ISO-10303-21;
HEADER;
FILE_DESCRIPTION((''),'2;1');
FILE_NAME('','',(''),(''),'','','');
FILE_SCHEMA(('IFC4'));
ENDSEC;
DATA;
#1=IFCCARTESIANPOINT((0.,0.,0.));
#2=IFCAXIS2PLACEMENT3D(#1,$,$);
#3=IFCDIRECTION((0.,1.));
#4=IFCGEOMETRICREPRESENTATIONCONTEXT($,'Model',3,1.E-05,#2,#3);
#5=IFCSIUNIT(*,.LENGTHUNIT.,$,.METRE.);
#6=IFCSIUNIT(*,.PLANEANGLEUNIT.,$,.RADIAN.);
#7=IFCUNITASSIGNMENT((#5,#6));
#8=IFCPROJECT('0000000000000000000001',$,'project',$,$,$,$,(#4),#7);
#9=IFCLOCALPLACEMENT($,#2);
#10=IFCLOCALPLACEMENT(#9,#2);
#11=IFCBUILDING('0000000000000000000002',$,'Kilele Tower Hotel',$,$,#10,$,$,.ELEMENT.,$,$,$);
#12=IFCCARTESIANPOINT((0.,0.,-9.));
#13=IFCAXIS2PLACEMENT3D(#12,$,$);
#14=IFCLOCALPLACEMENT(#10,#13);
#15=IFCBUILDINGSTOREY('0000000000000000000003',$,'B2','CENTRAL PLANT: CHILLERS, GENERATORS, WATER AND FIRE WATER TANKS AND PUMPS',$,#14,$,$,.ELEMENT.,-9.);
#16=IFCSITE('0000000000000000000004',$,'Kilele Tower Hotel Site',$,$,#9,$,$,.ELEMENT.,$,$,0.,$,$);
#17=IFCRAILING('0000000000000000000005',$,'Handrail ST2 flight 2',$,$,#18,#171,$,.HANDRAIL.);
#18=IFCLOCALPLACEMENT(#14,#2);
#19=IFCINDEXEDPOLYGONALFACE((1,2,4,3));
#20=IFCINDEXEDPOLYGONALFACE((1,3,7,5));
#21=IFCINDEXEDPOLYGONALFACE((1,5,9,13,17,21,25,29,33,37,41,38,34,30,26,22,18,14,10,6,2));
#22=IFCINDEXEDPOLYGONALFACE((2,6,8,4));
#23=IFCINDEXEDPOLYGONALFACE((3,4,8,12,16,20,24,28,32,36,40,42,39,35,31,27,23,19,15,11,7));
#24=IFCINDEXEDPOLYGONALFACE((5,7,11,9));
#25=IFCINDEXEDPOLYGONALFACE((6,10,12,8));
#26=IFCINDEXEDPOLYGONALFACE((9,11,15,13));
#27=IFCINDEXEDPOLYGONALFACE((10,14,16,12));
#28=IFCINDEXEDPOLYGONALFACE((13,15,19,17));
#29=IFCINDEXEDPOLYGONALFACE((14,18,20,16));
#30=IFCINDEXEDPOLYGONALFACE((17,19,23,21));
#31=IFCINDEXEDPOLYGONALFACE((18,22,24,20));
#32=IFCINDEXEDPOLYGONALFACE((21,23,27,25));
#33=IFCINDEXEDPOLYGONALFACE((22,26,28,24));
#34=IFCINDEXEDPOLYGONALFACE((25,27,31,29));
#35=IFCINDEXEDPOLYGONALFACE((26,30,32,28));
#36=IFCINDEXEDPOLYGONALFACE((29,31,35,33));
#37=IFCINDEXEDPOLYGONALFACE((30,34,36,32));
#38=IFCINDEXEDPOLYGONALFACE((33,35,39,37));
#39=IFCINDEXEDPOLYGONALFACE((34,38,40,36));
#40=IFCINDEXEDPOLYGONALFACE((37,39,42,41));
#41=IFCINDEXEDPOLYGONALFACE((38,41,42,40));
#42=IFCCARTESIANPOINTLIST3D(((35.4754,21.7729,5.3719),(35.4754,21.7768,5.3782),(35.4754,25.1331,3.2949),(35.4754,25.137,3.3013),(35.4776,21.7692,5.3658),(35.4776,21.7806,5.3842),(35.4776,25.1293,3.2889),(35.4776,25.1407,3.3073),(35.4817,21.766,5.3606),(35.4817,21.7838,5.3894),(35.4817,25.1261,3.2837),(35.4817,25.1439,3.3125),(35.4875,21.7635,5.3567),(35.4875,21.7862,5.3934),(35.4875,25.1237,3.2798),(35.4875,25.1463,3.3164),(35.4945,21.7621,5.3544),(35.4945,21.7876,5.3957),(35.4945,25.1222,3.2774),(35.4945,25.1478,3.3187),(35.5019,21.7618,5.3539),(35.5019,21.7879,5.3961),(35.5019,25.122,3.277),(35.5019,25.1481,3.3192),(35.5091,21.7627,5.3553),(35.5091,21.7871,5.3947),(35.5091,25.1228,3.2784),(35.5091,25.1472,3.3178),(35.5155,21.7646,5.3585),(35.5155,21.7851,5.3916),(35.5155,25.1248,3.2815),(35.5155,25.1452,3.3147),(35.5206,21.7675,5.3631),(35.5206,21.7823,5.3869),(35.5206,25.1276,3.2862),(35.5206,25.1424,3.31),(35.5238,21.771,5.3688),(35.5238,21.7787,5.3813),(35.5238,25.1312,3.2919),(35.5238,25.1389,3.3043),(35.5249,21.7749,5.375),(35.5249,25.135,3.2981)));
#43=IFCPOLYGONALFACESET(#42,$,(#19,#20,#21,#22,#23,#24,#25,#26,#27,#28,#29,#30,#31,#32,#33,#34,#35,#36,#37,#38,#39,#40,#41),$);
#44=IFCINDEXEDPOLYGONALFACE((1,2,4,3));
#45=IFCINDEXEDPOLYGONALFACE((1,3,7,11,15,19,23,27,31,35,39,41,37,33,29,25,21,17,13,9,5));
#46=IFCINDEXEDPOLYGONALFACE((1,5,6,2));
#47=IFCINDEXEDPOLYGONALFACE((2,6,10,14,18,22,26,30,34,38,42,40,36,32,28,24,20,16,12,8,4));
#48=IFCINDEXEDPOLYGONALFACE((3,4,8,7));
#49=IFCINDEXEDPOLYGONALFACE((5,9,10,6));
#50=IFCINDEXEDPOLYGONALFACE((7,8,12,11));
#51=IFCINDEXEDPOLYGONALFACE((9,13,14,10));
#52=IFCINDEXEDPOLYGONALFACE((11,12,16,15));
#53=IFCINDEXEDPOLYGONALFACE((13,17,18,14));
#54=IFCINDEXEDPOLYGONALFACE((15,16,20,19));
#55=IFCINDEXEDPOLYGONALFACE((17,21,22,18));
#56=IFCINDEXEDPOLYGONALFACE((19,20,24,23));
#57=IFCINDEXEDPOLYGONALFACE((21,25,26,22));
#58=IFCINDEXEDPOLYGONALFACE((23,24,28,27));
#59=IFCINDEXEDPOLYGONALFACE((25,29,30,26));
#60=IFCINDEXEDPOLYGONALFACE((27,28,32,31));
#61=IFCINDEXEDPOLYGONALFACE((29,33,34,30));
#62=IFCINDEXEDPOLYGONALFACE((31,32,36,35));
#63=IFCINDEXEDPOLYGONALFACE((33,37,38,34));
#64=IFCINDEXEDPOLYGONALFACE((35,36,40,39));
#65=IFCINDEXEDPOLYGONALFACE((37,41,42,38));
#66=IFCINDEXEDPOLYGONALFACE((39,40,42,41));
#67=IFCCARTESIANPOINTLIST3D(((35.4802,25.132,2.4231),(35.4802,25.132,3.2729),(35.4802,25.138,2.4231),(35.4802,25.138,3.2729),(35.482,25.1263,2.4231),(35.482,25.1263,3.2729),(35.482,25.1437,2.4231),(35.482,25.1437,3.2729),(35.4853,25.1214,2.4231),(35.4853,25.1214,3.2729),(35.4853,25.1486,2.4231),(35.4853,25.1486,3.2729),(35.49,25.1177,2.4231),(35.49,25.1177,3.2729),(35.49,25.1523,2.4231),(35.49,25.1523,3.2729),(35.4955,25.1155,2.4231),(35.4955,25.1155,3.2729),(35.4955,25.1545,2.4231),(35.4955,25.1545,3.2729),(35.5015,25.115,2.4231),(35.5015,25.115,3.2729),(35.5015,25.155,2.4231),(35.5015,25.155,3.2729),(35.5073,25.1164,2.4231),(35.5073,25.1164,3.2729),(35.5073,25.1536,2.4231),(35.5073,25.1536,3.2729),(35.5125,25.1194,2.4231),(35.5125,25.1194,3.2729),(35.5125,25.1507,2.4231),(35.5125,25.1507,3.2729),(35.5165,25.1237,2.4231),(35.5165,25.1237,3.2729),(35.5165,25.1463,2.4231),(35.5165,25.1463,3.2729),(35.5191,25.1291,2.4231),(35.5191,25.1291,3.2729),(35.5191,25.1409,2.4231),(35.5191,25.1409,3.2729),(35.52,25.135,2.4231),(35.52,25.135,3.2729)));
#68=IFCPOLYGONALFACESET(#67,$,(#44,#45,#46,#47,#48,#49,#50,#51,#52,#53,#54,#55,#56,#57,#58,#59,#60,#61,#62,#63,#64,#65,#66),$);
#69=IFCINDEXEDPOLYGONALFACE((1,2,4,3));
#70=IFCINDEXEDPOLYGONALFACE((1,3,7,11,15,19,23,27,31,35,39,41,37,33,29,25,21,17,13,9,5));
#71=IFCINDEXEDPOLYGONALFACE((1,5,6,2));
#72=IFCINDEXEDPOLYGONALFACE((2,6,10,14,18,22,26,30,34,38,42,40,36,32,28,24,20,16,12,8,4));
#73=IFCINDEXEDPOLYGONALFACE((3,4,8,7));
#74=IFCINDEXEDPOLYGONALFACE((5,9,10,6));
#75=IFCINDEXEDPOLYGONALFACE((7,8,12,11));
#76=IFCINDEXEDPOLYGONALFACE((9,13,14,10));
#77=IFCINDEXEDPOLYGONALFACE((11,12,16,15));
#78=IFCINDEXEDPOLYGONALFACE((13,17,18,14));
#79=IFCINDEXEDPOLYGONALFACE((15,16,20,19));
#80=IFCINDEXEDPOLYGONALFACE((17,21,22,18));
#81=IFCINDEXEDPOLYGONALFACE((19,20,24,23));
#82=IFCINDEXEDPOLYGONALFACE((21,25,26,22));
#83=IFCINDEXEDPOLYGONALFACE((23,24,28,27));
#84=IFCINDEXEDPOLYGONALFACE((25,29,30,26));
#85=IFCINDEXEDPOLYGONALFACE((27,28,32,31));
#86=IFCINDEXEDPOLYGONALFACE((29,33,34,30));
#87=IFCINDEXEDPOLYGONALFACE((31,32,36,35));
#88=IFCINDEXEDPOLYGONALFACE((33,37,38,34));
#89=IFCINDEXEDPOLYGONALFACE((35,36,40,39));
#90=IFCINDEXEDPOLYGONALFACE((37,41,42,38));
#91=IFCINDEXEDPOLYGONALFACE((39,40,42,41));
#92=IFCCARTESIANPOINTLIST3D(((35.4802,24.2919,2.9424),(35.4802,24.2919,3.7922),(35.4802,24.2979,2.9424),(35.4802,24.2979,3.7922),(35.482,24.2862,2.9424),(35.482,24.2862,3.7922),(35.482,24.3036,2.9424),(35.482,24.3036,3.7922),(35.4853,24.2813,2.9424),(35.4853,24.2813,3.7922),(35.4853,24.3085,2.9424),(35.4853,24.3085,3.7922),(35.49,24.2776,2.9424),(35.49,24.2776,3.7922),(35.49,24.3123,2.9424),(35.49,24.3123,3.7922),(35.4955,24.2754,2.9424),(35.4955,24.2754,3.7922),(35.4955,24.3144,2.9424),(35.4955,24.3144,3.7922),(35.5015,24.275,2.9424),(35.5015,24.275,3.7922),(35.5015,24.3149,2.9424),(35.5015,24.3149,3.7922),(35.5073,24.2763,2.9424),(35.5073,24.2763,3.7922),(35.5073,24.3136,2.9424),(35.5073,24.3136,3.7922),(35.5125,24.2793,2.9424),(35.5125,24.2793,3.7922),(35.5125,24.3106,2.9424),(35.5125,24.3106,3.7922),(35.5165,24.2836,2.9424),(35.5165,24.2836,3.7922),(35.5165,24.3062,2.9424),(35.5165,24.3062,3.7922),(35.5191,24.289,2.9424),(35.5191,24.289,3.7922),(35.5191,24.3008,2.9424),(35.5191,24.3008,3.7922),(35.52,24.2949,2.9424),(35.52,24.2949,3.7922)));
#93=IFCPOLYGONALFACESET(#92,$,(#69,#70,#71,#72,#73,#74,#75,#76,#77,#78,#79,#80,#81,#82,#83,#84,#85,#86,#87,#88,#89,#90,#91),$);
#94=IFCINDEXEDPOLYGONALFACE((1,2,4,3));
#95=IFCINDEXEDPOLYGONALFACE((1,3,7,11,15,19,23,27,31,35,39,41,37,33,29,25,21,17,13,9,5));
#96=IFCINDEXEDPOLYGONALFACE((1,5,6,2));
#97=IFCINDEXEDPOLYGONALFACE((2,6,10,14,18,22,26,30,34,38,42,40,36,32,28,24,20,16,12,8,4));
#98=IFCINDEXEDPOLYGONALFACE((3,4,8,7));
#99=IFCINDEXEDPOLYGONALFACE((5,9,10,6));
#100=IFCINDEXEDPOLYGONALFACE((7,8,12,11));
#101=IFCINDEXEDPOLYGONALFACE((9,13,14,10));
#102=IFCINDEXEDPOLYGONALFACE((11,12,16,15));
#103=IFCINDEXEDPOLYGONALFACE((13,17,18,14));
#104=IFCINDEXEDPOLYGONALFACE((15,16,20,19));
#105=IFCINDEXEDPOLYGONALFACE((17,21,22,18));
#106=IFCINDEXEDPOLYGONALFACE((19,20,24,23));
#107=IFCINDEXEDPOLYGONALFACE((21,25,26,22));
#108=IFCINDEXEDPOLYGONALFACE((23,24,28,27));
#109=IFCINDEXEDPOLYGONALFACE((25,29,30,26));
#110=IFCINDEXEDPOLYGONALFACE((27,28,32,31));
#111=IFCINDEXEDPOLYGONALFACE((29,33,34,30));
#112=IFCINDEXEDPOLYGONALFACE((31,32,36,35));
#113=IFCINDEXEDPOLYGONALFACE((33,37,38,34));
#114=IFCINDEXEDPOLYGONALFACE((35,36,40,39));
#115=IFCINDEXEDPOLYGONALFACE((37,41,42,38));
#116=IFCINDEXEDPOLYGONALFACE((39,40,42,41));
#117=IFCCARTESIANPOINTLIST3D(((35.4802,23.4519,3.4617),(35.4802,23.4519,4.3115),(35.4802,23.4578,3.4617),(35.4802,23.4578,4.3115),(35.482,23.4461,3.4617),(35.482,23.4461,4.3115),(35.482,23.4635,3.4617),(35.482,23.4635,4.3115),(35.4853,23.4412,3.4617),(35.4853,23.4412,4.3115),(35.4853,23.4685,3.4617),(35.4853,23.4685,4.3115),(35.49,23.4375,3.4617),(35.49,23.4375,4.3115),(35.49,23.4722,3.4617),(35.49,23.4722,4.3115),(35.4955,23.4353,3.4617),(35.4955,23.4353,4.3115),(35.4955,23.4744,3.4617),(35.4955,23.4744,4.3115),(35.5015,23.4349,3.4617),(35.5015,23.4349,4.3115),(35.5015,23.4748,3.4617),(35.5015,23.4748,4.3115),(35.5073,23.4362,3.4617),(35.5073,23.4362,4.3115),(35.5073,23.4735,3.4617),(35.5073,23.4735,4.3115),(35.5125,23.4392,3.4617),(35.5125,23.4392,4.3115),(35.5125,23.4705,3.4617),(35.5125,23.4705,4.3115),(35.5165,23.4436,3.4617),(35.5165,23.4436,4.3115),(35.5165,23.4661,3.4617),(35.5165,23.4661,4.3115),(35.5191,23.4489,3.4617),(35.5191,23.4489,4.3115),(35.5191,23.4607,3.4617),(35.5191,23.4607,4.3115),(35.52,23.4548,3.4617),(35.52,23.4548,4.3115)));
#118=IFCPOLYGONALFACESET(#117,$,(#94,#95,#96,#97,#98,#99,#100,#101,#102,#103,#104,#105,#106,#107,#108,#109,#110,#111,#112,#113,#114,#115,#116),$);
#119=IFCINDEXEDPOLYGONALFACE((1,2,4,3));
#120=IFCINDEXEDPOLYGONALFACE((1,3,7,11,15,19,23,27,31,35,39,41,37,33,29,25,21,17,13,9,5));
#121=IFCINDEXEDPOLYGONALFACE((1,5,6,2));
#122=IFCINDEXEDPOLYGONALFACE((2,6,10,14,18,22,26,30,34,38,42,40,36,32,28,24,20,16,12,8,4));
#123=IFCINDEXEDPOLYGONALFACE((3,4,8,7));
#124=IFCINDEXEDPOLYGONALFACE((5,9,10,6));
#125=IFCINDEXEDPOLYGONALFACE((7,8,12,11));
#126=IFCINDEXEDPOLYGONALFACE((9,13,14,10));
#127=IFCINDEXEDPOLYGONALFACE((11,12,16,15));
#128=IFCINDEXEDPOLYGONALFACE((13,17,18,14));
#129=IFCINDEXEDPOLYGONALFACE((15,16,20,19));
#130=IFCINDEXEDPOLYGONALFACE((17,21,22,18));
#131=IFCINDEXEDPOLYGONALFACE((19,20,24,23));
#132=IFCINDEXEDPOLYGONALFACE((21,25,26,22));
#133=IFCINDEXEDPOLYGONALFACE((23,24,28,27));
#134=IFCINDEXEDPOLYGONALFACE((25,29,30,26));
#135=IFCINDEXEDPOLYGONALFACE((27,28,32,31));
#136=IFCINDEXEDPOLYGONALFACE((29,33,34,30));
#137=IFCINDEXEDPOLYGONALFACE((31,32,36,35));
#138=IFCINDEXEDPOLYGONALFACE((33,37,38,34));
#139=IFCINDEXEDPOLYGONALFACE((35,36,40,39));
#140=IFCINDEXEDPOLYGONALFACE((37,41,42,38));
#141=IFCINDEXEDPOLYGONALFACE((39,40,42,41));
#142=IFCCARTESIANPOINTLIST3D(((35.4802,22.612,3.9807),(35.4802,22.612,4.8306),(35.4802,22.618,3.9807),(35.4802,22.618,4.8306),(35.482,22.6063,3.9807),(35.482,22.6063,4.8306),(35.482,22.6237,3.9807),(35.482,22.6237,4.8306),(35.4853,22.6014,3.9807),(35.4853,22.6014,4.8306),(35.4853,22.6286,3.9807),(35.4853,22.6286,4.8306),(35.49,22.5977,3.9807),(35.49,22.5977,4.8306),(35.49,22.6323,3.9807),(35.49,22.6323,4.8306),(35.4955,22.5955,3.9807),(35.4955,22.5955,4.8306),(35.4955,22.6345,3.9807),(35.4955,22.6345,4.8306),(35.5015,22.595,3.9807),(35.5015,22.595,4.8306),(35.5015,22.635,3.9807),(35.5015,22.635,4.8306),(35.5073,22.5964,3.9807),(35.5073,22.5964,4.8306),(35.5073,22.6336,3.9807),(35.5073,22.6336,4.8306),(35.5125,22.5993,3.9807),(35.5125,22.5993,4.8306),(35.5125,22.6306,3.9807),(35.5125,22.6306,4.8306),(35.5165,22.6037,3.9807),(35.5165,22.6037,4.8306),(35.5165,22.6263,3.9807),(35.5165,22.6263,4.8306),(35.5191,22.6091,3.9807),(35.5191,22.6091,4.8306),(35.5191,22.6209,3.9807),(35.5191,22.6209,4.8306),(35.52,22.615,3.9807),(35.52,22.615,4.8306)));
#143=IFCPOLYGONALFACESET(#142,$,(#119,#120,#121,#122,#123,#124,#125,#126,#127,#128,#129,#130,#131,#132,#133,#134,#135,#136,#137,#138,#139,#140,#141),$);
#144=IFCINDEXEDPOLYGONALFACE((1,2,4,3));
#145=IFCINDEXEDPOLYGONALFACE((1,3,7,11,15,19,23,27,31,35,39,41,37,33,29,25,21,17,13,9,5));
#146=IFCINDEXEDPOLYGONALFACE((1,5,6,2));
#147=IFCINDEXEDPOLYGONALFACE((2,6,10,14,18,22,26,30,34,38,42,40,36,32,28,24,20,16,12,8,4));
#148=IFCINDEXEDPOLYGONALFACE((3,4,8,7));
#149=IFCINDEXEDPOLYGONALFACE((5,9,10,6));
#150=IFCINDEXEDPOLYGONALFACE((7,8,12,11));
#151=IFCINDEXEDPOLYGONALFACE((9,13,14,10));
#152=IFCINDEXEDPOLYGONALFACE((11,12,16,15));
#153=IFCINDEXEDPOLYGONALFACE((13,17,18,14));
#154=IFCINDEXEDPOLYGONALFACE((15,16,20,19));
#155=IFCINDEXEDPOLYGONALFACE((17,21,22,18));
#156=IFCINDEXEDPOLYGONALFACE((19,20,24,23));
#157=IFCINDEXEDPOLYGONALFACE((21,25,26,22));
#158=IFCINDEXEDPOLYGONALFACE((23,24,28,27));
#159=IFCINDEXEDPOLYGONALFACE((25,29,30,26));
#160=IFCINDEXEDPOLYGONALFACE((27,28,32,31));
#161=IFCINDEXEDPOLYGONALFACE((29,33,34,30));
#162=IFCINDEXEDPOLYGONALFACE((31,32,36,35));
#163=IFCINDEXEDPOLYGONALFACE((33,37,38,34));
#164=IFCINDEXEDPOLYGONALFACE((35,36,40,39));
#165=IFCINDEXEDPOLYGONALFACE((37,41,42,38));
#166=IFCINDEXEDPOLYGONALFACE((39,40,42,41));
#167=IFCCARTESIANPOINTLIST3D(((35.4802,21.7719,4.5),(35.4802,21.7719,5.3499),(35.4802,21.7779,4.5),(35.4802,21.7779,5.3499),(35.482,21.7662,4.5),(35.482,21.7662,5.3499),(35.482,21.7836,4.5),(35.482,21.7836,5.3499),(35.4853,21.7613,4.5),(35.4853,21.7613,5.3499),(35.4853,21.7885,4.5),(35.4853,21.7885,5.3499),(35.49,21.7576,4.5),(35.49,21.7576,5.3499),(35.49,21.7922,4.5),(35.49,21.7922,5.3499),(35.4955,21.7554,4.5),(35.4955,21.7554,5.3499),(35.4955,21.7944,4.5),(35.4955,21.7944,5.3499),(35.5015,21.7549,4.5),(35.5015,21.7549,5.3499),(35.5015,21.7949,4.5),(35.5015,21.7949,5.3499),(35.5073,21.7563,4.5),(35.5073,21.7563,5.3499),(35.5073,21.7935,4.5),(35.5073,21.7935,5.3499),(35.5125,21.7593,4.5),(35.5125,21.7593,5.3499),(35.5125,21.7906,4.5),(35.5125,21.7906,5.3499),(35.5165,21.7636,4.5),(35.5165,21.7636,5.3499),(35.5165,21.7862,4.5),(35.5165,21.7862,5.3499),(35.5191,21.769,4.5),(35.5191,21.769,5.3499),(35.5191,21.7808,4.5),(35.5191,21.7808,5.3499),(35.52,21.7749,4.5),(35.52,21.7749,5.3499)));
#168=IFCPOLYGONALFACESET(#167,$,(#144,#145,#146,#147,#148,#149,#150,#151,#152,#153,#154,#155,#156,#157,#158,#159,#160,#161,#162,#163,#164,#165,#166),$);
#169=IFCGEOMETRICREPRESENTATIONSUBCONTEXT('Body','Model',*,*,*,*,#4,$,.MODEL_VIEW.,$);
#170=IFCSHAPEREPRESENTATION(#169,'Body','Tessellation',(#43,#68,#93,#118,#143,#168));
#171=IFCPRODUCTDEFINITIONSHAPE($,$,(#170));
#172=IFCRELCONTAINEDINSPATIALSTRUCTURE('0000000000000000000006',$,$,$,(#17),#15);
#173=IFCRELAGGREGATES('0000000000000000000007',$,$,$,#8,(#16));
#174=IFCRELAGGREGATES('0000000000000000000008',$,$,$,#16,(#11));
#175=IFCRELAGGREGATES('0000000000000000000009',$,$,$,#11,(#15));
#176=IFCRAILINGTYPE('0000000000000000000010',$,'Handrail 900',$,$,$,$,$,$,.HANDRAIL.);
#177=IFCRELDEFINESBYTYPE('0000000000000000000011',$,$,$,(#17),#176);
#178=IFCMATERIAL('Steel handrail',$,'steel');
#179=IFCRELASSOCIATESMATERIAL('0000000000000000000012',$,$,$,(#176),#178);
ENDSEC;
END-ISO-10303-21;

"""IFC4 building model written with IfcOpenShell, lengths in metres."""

from ifc_helpers import new_model, si_unit, direction, frame, origin, origin_2d, place, context, subcontext, project, spatial, circle, extrude, material, type_object, element, save


model = new_model("IFC4")

# Units and contexts
model_context = context("Model", 3, precision=1e-05, world=origin(), true_north=direction((0.0, 1.0)))
body_context = subcontext(model_context, "Body", "Model", "MODEL_VIEW")
ifc_project = project(units=[si_unit("LENGTHUNIT", "METRE"), si_unit("PLANEANGLEUNIT", "RADIAN")], contexts=[model_context])

# Site, building, storey
site_placement = place(None, origin())
site = spatial("IfcSite", under=ifc_project, at=site_placement, Name="Kilele Tower Hotel Site", CompositionType="ELEMENT", RefElevation=0.0)
building_placement = place(site_placement, origin())
building = spatial("IfcBuilding", under=site, at=building_placement, Name="Kilele Tower Hotel", CompositionType="ELEMENT")
storey_placement = place(building_placement, frame((0.0, 0.0, -9.0)))
storey = spatial("IfcBuildingStorey", under=building, at=storey_placement, Name="B2", Description="CENTRAL PLANT: CHILLERS, GENERATORS, WATER AND FIRE WATER TANKS AND PUMPS", CompositionType="ELEMENT", Elevation=-9.0)

# Railing
ifc_material_1 = material(Name="Steel handrail", Category="steel")
railing_type_1 = type_object("IfcRailingType", Name="Handrail 900", PredefinedType="HANDRAIL", material=ifc_material_1)
for number, where, name in (
    (1, (35.5, 25.135, 2.4231), "Handrail ST2 flight 2"),
):
    element("IfcRailing", number, at=place(storey_placement, frame(where)), inside=storey, type_object=railing_type_1, Name=name, PredefinedType="HANDRAIL", context=body_context, shape_type="SweptSolid", body=[
        extrude(circle(Radius=0.0249, at=origin_2d()), frame((0.0, 0.0, 0.875), z_axis=(0.0, -0.850623, 0.525776), x_axis=(1.0, 0.0, 0.0)), (0.0, 0.0, 1.0), 3.9502),
        extrude(circle(Radius=0.02, at=origin_2d()), origin(), (0.0, 0.0, 1.0), 0.8499),
        extrude(circle(Radius=0.02, at=origin_2d()), frame((0.0, -0.8401, 0.5193)), (0.0, 0.0, 1.0), 0.8499),
        extrude(circle(Radius=0.02, at=origin_2d()), frame((0.0, -1.6802, 1.0386)), (0.0, 0.0, 1.0), 0.8499),
        extrude(circle(Radius=0.02, at=origin_2d()), frame((0.0, -2.52, 1.5576)), (0.0, 0.0, 1.0), 0.8499),
        extrude(circle(Radius=0.02, at=origin_2d()), frame((0.0, -3.3601, 2.0769)), (0.0, 0.0, 1.0), 0.8499),
    ])

save(model, "model.ifc")
